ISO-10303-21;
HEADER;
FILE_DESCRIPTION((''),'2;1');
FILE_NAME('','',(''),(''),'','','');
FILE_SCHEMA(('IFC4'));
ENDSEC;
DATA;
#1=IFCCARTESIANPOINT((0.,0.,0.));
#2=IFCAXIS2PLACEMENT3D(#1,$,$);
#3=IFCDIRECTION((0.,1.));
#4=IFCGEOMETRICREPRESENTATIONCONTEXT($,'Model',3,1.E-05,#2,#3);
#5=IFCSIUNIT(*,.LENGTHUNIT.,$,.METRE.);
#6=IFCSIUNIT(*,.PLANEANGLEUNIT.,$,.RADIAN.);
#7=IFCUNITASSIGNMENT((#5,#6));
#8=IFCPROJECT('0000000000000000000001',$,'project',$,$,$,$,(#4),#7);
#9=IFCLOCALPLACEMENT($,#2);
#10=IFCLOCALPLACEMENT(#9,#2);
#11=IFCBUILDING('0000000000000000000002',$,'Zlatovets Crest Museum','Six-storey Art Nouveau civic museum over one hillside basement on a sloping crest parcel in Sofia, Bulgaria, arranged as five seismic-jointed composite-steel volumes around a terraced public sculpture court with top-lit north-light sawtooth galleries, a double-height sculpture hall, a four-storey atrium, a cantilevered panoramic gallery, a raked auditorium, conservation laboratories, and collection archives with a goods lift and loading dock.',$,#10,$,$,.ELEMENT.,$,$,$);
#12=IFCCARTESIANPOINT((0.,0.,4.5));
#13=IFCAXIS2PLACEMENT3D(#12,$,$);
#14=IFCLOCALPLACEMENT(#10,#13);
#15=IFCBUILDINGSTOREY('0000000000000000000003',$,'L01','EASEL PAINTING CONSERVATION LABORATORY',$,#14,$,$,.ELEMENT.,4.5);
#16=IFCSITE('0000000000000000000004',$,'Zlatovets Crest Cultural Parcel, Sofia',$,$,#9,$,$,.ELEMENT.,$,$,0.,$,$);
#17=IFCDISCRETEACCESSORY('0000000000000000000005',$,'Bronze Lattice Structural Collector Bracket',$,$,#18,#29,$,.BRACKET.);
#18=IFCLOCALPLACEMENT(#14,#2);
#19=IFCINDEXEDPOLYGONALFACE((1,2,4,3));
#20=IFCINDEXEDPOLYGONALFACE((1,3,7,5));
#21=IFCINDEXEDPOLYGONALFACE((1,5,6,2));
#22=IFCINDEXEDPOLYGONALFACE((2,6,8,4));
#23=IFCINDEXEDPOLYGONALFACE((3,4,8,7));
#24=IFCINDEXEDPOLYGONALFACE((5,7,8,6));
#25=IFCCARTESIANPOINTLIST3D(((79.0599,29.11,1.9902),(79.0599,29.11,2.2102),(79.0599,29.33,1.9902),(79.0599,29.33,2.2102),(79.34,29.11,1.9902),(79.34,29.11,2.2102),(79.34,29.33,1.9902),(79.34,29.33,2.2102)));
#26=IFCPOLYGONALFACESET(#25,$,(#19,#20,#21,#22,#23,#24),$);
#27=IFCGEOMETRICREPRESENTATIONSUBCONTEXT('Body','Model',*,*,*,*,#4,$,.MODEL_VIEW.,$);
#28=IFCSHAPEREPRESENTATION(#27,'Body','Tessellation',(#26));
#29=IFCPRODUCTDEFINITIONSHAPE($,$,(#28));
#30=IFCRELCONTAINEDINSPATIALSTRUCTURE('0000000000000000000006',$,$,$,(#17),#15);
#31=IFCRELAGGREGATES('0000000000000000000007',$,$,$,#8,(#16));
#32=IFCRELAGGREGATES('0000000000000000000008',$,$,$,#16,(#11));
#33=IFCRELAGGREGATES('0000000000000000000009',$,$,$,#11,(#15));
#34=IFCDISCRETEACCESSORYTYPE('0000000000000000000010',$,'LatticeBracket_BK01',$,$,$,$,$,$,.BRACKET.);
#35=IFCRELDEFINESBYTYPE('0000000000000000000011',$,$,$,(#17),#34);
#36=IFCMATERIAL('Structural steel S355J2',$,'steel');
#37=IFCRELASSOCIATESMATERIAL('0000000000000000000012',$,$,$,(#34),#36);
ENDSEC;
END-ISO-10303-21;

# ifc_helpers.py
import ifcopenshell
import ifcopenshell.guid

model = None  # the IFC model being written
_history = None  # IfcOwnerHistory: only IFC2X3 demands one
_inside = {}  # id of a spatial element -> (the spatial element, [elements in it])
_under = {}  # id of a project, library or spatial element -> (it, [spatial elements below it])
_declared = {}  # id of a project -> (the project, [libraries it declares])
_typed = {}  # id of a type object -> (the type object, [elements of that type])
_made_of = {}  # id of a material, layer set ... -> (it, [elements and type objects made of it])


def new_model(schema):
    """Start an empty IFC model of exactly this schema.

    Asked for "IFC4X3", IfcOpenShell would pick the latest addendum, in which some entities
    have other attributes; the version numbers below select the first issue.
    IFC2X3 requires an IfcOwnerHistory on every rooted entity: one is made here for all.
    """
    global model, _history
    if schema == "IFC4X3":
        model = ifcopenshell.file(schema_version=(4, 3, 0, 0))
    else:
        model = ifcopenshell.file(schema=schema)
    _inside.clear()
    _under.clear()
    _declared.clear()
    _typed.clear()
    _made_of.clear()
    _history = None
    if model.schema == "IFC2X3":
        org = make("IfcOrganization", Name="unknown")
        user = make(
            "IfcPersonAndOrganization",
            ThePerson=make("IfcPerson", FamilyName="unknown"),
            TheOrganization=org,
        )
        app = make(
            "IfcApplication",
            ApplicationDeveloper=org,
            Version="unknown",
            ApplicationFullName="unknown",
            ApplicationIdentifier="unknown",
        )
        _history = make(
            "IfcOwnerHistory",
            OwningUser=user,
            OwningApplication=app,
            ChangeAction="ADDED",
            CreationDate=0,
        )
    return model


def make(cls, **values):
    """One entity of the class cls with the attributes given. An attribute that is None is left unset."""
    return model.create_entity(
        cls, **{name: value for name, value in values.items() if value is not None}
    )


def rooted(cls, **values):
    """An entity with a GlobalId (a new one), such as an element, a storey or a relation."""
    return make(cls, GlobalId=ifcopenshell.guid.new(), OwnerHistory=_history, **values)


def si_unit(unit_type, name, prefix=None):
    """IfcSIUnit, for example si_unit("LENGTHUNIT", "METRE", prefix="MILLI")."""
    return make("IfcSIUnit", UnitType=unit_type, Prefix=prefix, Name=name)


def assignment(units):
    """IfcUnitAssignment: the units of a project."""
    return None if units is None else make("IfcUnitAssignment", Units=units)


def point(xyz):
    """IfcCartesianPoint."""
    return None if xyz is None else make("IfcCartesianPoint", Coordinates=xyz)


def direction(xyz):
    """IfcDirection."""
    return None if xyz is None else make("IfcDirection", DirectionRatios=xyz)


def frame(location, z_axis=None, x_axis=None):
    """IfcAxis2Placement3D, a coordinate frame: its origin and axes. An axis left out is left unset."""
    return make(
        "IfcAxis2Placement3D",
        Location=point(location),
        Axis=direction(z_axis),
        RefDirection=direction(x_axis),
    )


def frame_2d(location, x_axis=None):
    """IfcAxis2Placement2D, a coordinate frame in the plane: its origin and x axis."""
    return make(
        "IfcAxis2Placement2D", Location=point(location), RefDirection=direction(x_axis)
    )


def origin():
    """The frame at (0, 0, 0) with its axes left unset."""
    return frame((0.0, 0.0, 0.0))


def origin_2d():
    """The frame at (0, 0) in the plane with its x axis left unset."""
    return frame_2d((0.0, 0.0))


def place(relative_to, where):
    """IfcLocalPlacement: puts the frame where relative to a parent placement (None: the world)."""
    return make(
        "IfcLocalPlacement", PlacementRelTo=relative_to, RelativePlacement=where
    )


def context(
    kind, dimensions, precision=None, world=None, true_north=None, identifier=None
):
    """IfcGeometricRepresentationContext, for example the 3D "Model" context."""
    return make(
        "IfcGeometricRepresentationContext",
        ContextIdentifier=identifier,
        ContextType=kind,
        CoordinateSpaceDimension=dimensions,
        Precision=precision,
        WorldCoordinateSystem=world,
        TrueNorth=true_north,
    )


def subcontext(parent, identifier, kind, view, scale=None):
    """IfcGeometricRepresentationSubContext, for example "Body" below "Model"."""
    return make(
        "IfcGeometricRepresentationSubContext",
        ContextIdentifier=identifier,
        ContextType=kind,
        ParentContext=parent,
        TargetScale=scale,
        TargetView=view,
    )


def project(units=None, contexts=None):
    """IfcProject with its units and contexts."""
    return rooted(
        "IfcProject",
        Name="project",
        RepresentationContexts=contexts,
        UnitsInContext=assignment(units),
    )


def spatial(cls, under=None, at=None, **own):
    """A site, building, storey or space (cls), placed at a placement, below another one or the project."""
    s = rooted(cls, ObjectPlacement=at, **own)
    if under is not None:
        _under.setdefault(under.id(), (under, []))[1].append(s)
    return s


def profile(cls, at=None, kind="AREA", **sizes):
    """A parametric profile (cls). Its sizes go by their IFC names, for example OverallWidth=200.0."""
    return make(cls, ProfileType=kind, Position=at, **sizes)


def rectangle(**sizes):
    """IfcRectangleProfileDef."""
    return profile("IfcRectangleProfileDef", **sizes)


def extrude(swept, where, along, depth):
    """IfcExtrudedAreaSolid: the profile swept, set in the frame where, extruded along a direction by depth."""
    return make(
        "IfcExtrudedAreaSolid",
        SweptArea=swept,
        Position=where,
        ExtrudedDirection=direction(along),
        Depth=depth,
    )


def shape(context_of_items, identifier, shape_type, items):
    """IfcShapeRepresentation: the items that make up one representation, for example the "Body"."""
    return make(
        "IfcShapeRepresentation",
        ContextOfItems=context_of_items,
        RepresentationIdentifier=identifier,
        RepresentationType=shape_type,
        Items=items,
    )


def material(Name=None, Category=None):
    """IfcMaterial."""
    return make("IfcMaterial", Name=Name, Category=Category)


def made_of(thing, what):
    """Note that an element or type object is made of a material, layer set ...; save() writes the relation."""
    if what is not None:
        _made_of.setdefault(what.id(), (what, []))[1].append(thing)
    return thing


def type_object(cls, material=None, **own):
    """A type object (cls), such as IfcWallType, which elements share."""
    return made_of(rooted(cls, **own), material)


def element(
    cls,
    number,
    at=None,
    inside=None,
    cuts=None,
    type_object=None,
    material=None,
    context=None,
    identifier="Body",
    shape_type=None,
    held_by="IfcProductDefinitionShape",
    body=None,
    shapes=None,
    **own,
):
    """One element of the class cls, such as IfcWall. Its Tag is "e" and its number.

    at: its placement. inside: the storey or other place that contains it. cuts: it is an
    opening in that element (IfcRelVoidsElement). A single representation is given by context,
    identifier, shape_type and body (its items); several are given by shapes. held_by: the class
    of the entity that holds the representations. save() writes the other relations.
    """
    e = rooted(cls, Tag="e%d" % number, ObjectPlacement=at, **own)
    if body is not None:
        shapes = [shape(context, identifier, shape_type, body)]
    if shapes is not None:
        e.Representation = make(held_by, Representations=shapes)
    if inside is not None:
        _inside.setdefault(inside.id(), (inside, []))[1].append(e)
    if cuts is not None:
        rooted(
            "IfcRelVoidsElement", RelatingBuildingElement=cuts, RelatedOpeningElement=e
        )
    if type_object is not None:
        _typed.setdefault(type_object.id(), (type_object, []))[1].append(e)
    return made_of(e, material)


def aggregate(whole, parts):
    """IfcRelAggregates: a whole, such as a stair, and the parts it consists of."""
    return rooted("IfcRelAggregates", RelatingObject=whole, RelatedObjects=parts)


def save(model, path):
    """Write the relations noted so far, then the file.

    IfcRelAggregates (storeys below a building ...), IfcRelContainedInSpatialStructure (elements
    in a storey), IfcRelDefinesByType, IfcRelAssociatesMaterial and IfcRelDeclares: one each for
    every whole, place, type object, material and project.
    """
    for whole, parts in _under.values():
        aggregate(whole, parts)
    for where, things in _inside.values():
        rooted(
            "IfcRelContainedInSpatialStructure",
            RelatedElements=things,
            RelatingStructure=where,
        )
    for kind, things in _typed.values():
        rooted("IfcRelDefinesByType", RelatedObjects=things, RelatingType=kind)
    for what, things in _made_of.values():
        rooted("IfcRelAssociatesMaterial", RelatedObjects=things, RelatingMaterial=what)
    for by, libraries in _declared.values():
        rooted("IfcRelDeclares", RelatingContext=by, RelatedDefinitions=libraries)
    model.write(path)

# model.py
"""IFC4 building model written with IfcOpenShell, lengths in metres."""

from ifc_helpers import new_model, si_unit, direction, frame, origin, origin_2d, place, context, subcontext, project, spatial, rectangle, extrude, material, type_object, element, save


model = new_model("IFC4")

# Units and contexts
model_context = context("Model", 3, precision=1e-05, world=origin(), true_north=direction((0.0, 1.0)))
body_context = subcontext(model_context, "Body", "Model", "MODEL_VIEW")
ifc_project = project(units=[si_unit("LENGTHUNIT", "METRE"), si_unit("PLANEANGLEUNIT", "RADIAN")], contexts=[model_context])

# Site, building, storey
site_placement = place(None, origin())
site = spatial("IfcSite", under=ifc_project, at=site_placement, Name="Zlatovets Crest Cultural Parcel, Sofia", CompositionType="ELEMENT", RefElevation=0.0)
building_placement = place(site_placement, origin())
building = spatial("IfcBuilding", under=site, at=building_placement, Name="Zlatovets Crest Museum", Description="Six-storey Art Nouveau civic museum over one hillside basement on a sloping crest parcel in Sofia, Bulgaria, arranged as five seismic-jointed composite-steel volumes around a terraced public sculpture court with top-lit north-light sawtooth galleries, a double-height sculpture hall, a four-storey atrium, a cantilevered panoramic gallery, a raked auditorium, conservation laboratories, and collection archives with a goods lift and loading dock.", CompositionType="ELEMENT")
storey_placement = place(building_placement, frame((0.0, 0.0, 4.5)))
storey = spatial("IfcBuildingStorey", under=building, at=storey_placement, Name="L01", Description="EASEL PAINTING CONSERVATION LABORATORY", CompositionType="ELEMENT", Elevation=4.5)

# Shared definitions
ifc_material_1 = material(Name="Structural steel S355J2", Category="steel")

# Discrete accessory
discrete_accessory_type_1 = type_object("IfcDiscreteAccessoryType", Name="LatticeBracket_BK01", PredefinedType="BRACKET", material=ifc_material_1)
for number, where, z_axis, x_axis, name in (
    (1, (79.2, 29.22, 1.9902), (0.0, 0.0, 1.0), (1.0, 0.0, 0.0), "Bronze Lattice Structural Collector Bracket"),
):
    element("IfcDiscreteAccessory", number, at=place(storey_placement, frame(where, z_axis=z_axis, x_axis=x_axis)), inside=storey, type_object=discrete_accessory_type_1, Name=name, PredefinedType="BRACKET", context=body_context, shape_type="SweptSolid", body=[
        extrude(rectangle(XDim=0.28, YDim=0.22, at=origin_2d()), origin(), (0.0, 0.0, 1.0), 0.22),
    ])

save(model, "model.ifc")
